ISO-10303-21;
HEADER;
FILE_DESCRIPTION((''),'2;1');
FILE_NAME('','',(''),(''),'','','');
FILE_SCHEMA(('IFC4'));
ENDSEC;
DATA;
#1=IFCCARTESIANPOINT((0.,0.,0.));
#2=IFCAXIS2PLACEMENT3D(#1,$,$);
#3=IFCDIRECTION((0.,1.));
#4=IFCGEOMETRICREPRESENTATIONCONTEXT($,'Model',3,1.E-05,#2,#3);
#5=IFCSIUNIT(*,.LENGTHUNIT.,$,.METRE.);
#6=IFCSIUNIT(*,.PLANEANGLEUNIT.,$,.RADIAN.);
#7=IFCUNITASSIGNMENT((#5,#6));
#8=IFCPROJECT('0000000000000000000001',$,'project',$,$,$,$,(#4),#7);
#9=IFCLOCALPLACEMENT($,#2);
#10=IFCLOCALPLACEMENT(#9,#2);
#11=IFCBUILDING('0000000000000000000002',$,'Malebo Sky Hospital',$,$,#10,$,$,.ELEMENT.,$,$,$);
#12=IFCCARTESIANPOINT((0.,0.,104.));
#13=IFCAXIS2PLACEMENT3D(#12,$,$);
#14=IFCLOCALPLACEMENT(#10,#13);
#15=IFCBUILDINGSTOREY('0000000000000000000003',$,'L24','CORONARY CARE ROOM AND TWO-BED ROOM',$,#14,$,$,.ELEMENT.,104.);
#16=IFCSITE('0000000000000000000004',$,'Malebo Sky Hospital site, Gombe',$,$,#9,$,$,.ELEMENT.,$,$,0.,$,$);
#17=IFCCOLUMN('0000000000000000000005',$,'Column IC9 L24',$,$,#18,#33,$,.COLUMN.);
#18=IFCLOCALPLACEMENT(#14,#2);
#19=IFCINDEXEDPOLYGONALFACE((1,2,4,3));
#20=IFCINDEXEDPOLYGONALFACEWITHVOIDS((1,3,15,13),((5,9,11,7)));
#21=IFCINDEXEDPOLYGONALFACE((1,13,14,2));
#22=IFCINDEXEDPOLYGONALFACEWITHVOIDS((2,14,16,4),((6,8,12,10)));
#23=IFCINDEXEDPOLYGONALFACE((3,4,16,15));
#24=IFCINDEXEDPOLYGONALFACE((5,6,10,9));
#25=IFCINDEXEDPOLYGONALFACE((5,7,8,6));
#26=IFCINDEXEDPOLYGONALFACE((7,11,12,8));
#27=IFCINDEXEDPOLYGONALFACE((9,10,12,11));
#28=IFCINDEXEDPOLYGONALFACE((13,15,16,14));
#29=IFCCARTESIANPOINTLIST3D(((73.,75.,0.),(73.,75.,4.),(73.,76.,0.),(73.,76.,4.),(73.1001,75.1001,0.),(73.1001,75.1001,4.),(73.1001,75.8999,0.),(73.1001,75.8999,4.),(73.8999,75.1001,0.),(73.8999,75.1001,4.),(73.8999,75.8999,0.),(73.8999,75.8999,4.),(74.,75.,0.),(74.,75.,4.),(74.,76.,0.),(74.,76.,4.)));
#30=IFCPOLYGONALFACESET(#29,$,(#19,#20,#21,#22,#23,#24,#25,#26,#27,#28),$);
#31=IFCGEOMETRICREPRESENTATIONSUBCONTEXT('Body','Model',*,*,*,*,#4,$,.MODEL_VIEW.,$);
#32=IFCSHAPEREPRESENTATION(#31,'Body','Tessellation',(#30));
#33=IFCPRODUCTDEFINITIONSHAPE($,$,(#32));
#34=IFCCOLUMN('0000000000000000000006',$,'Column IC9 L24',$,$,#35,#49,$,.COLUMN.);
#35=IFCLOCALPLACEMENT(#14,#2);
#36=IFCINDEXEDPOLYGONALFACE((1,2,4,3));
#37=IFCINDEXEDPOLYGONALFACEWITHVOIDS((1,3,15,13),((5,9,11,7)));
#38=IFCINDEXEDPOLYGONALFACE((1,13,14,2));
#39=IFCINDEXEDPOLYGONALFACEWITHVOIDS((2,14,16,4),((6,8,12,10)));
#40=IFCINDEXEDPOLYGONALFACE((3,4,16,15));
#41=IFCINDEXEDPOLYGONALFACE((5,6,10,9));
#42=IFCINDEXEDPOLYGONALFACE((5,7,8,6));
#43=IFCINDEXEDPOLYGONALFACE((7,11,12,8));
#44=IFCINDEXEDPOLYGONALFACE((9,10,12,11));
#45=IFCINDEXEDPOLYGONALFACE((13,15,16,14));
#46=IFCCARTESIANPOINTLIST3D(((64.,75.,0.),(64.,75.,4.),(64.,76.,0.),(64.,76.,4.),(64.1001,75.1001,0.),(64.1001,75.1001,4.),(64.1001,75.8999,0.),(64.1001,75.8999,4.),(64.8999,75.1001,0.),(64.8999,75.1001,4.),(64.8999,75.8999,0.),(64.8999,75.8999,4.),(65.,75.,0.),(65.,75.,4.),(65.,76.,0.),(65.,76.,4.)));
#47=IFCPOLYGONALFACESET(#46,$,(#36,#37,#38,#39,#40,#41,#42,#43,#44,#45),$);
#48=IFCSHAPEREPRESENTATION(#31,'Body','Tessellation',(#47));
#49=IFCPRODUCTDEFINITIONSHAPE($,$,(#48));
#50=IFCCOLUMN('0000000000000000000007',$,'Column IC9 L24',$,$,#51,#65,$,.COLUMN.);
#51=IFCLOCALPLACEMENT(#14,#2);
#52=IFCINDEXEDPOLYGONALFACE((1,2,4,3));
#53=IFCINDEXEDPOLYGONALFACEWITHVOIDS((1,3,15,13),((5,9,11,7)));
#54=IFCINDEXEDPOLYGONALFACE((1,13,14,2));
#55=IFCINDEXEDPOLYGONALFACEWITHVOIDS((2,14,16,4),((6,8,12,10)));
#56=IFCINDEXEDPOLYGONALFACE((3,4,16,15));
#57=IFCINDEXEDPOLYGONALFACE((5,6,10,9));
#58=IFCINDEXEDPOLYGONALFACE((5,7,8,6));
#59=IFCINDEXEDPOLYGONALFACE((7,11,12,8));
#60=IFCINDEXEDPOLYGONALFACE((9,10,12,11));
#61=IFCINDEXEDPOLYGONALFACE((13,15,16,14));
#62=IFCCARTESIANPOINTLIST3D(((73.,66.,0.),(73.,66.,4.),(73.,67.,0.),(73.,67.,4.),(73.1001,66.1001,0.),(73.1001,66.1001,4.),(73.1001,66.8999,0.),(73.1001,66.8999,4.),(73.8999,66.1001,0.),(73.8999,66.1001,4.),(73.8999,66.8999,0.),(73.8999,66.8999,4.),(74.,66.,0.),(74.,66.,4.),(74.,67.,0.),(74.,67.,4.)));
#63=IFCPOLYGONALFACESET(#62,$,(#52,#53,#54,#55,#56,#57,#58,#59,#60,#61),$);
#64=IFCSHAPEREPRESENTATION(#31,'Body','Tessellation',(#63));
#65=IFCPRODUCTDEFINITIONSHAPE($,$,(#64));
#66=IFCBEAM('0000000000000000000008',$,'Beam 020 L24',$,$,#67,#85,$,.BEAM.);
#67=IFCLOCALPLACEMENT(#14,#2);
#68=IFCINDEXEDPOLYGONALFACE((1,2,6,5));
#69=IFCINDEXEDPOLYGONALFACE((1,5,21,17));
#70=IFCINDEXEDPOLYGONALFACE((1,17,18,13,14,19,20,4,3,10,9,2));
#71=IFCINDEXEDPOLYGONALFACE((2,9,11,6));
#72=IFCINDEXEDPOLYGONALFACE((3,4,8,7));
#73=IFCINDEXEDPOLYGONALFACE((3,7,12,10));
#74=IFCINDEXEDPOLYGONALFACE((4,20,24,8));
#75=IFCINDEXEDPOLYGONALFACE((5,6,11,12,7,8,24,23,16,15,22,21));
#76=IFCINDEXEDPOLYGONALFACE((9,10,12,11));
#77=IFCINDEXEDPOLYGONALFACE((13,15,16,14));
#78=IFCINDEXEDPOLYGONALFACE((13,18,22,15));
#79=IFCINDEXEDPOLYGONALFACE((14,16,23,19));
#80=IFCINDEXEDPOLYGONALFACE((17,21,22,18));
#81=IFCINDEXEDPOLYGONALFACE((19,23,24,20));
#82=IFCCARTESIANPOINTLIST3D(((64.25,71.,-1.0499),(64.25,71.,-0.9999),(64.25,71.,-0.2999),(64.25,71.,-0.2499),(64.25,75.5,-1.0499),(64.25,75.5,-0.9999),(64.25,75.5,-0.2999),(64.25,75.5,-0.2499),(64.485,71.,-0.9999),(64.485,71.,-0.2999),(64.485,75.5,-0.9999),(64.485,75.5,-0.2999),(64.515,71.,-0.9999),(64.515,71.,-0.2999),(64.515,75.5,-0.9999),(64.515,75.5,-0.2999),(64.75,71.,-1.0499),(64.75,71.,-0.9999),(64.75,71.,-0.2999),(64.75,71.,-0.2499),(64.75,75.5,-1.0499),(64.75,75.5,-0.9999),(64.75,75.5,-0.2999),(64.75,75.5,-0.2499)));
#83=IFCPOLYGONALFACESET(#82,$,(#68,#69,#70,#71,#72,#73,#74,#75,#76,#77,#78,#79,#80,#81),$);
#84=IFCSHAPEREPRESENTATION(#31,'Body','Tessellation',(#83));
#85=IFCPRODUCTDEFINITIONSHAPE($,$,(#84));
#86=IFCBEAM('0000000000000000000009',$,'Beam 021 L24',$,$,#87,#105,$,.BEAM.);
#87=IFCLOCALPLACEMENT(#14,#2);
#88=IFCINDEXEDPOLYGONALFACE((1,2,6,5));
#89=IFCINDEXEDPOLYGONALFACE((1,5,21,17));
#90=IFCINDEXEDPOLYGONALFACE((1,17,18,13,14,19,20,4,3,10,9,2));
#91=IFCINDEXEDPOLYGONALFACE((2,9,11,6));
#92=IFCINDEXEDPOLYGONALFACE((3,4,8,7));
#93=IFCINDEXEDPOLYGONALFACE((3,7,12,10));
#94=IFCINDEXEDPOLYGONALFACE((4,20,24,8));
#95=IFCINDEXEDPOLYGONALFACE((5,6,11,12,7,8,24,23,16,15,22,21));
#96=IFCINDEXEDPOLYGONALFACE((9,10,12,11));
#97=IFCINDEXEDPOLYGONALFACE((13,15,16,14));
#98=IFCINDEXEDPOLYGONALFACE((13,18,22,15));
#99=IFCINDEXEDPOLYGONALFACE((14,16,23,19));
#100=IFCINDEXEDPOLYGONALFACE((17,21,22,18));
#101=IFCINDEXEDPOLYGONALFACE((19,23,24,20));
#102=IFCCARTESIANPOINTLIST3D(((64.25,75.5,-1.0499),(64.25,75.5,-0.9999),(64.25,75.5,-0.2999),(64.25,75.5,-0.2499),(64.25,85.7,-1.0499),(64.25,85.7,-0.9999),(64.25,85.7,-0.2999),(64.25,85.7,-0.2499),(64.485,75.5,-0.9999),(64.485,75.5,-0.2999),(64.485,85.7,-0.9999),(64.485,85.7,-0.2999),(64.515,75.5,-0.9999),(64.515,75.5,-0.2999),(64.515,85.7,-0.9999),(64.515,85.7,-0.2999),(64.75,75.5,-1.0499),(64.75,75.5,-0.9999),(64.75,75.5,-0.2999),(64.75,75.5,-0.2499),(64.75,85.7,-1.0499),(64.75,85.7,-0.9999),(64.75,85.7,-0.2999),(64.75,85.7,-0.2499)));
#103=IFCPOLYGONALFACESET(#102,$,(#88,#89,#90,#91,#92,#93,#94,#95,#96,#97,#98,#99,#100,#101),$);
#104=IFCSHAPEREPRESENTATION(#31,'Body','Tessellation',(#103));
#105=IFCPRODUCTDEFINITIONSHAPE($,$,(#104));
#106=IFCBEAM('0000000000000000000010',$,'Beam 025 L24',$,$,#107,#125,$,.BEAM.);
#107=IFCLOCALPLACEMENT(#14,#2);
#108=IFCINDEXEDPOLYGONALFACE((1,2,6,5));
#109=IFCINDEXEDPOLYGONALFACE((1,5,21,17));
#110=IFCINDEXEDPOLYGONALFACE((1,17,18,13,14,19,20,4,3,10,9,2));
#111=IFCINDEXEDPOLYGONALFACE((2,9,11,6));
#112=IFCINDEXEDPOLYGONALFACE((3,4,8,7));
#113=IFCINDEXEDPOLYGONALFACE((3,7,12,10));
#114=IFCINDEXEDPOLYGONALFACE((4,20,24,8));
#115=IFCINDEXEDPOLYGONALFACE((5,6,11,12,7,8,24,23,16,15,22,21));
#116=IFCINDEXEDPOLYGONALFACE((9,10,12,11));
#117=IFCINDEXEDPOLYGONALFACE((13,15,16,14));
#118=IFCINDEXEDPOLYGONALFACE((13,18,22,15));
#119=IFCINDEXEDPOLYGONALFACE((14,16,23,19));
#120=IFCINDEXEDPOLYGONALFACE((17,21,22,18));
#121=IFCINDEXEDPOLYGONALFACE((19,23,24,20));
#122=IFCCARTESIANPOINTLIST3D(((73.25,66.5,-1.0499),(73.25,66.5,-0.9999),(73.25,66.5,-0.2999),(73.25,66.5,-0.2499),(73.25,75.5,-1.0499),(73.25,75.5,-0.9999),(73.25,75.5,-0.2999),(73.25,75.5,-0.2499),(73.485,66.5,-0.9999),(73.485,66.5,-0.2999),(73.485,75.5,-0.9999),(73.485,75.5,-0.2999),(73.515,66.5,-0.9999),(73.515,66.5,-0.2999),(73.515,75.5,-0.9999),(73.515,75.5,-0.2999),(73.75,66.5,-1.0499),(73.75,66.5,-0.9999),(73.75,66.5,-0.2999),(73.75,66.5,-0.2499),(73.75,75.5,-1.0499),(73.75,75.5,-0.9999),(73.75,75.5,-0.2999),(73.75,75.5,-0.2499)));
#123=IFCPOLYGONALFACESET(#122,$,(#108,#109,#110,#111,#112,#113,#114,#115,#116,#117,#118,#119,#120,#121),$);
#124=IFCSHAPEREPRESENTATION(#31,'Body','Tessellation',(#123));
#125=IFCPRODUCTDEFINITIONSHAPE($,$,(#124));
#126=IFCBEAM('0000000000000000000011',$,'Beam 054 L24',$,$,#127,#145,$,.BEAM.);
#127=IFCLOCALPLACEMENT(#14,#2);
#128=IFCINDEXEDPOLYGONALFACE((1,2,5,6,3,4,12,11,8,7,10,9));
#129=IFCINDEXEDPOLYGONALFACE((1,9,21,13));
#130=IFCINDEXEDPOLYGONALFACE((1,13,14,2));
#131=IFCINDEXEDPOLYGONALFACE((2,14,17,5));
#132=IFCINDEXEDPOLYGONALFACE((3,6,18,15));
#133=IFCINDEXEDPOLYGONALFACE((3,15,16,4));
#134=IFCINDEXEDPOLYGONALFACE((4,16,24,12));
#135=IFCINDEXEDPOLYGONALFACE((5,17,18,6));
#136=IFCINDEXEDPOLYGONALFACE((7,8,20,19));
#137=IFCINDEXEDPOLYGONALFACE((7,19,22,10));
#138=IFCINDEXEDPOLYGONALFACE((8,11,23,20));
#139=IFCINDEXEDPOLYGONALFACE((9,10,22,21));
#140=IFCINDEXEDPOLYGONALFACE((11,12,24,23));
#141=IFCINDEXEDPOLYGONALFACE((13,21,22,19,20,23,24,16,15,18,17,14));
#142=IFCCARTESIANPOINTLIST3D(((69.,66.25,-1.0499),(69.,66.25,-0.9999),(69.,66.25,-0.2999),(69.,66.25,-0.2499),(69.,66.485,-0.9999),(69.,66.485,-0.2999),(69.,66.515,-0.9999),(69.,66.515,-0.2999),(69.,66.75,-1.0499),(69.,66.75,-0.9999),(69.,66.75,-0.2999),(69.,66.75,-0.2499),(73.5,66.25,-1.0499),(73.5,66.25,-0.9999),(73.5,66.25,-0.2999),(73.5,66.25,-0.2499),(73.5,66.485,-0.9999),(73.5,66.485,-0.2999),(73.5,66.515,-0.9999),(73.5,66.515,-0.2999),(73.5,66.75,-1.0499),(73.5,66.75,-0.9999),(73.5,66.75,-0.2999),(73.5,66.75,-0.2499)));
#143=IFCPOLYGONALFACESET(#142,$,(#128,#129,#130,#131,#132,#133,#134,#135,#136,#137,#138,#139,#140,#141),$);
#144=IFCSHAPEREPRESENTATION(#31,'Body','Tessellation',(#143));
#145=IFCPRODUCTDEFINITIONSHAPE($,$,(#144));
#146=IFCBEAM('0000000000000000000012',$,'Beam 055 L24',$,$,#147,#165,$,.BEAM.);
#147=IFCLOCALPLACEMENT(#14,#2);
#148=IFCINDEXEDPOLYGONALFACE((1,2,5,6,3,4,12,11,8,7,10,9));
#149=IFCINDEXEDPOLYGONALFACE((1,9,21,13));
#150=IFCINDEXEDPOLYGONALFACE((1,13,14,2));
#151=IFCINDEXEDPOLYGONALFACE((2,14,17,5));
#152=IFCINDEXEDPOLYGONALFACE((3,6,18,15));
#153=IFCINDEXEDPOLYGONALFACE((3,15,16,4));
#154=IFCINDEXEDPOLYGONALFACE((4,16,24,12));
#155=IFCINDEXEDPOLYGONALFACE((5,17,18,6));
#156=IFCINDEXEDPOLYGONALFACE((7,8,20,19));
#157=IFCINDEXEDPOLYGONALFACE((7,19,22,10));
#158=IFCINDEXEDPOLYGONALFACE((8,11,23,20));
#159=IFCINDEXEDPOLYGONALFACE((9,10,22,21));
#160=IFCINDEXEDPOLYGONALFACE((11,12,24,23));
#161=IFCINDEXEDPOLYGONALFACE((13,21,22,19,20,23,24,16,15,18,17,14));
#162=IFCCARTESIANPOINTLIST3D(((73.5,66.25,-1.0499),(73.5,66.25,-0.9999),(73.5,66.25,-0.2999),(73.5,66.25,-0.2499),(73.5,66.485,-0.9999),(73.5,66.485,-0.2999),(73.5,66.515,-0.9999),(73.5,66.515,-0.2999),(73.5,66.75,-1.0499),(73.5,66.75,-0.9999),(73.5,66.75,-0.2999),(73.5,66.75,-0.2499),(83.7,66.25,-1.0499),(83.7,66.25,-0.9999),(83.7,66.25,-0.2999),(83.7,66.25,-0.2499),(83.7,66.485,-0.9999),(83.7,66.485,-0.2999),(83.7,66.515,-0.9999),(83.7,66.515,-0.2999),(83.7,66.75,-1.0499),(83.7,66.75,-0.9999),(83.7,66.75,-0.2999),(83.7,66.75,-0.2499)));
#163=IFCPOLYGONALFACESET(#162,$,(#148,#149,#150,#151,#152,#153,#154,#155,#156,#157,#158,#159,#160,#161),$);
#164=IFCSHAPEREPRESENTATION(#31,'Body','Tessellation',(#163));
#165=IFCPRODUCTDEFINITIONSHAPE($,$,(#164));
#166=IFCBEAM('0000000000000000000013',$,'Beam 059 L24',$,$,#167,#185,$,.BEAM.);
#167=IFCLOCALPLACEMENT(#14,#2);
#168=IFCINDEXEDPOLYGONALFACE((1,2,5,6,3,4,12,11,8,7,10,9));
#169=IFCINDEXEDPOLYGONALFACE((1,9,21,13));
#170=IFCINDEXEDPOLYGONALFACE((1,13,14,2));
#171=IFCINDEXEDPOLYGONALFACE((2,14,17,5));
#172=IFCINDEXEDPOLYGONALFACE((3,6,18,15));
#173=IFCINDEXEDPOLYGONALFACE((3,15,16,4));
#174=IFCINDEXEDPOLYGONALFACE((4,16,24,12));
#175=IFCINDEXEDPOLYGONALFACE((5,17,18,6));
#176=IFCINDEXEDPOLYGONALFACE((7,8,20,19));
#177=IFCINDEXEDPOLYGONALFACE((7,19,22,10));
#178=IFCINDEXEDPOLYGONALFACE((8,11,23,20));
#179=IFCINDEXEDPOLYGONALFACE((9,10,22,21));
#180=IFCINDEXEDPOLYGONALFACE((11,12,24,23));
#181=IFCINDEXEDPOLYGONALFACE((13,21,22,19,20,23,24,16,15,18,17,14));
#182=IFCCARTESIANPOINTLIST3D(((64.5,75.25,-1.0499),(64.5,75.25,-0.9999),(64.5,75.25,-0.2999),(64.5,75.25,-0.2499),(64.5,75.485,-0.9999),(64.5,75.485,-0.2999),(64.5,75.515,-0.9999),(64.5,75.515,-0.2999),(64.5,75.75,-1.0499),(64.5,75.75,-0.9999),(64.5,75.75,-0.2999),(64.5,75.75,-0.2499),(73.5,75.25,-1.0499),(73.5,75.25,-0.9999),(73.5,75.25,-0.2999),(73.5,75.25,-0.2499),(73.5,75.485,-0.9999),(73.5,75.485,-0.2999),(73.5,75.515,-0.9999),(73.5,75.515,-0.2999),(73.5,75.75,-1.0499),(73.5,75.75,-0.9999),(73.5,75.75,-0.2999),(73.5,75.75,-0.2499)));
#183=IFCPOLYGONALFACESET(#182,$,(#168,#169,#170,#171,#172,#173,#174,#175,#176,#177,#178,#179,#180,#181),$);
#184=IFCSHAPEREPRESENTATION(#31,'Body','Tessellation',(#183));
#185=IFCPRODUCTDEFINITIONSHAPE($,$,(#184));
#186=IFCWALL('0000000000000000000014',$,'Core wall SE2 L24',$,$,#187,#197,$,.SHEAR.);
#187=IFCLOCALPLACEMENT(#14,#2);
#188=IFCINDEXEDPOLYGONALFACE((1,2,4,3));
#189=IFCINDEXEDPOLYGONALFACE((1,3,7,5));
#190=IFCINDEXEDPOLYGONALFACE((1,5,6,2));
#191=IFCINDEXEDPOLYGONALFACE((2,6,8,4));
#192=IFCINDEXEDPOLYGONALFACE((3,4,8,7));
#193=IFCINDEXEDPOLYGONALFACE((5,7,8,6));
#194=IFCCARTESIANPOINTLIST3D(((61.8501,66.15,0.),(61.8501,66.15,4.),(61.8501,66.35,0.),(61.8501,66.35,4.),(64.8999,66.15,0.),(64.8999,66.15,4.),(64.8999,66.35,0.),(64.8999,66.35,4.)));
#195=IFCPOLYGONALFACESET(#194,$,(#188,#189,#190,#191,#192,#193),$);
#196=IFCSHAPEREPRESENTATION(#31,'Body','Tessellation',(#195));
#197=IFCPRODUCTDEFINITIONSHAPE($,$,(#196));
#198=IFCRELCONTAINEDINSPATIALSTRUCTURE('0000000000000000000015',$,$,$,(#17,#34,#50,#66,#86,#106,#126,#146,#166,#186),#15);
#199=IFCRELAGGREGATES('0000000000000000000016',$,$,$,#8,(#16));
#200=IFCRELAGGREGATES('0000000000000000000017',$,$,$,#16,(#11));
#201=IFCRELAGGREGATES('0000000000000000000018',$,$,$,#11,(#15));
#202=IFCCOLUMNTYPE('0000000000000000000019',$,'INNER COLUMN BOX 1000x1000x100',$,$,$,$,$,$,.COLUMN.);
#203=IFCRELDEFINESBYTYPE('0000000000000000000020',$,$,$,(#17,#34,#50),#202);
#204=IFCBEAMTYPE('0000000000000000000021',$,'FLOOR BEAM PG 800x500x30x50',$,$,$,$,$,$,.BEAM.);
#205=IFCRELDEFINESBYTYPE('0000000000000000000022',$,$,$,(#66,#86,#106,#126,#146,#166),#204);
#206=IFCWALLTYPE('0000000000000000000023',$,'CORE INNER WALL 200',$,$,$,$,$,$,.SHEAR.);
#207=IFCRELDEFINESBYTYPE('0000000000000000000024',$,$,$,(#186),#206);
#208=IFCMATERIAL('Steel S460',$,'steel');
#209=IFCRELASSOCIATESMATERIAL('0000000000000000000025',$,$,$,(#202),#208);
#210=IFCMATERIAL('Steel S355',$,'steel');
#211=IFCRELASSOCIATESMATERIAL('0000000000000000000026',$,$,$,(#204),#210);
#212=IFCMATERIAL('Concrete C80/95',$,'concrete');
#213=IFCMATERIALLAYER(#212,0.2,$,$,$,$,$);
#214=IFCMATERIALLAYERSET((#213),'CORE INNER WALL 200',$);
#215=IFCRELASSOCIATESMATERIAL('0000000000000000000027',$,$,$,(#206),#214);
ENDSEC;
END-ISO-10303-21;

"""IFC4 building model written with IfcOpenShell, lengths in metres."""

from ifc_helpers import new_model, si_unit, direction, frame, frame_2d, origin, origin_2d, place, context, subcontext, project, spatial, rectangle, hollow_rectangle, i_section, extrude, material, layer, layer_set, material_profile, profile_set, type_object, element, save


model = new_model("IFC4")

# Units and contexts
model_context = context("Model", 3, precision=1e-05, world=origin(), true_north=direction((0.0, 1.0)))
body_context = subcontext(model_context, "Body", "Model", "MODEL_VIEW")
ifc_project = project(units=[si_unit("LENGTHUNIT", "METRE"), si_unit("PLANEANGLEUNIT", "RADIAN")], contexts=[model_context])

# Site, building, storey
site_placement = place(None, origin())
site = spatial("IfcSite", under=ifc_project, at=site_placement, Name="Malebo Sky Hospital site, Gombe", CompositionType="ELEMENT", RefElevation=0.0)
building_placement = place(site_placement, origin())
building = spatial("IfcBuilding", under=site, at=building_placement, Name="Malebo Sky Hospital", CompositionType="ELEMENT")
storey_placement = place(building_placement, frame((0.0, 0.0, 104.0)))
storey = spatial("IfcBuildingStorey", under=building, at=storey_placement, Name="L24", Description="CORONARY CARE ROOM AND TWO-BED ROOM", CompositionType="ELEMENT", Elevation=104.0)

# Columns
ifc_material_1 = material(Name="Steel S460", Category="steel")
ifc_material_profile_1 = material_profile(ifc_material_1, hollow_rectangle(XDim=1.0, YDim=1.0, WallThickness=0.1001, at=origin_2d()), Name="BOX 1000x1000x100")
ifc_profile_set_1 = profile_set([ifc_material_profile_1], Name="Steel S460")
column_type = type_object("IfcColumnType", Name="INNER COLUMN BOX 1000x1000x100", PredefinedType="COLUMN", material=ifc_profile_set_1)
for number, where, z_axis, x_axis, name in (
    (1, (73.5, 75.5, 0.0), (0.0, 0.0, 1.0), (1.0, 0.0, 0.0), "Column IC9 L24"),
    (2, (64.5, 75.5, 0.0), (0.0, 0.0, 1.0), (1.0, 0.0, 0.0), "Column IC9 L24"),
    (3, (73.5, 66.5, 0.0), (0.0, 0.0, 1.0), (1.0, 0.0, 0.0), "Column IC9 L24"),
):
    element("IfcColumn", number, at=place(storey_placement, frame(where, z_axis=z_axis, x_axis=x_axis)), inside=storey, type_object=column_type, Name=name, PredefinedType="COLUMN", context=body_context, shape_type="SweptSolid", body=[
        extrude(hollow_rectangle(XDim=1.0, YDim=1.0, WallThickness=0.1001, at=origin_2d()), origin(), (0.0, 0.0, 1.0), 4.0),
    ])

# Beams
ifc_material_2 = material(Name="Steel S355", Category="steel")
ifc_material_profile_2 = material_profile(ifc_material_2, i_section(OverallWidth=0.5, OverallDepth=0.8, WebThickness=0.03, FlangeThickness=0.05, at=origin_2d()), Name="PG 800x500x30x50")
ifc_profile_set_2 = profile_set([ifc_material_profile_2], Name="Steel S355")
beam_type = type_object("IfcBeamType", Name="FLOOR BEAM PG 800x500x30x50", PredefinedType="BEAM", material=ifc_profile_set_2)
beam_1_placement = place(storey_placement, frame((64.5, 71.0, -0.6499), z_axis=(0.0, 1.0, 0.0), x_axis=(-1.0, 0.0, 0.0)))
element("IfcBeam", 4, at=beam_1_placement, inside=storey, type_object=beam_type, Name="Beam 020 L24", PredefinedType="BEAM", context=body_context, shape_type="SweptSolid", body=[
    extrude(i_section(OverallWidth=0.5, OverallDepth=0.8, WebThickness=0.03, FlangeThickness=0.05, at=origin_2d()), origin(), (0.0, 0.0, 1.0), 4.5),
])
beam_2_placement = place(storey_placement, frame((64.5, 75.5, -0.6499), z_axis=(0.0, 1.0, 0.0), x_axis=(-1.0, 0.0, 0.0)))
element("IfcBeam", 5, at=beam_2_placement, inside=storey, type_object=beam_type, Name="Beam 021 L24", PredefinedType="BEAM", context=body_context, shape_type="SweptSolid", body=[
    extrude(i_section(OverallWidth=0.5, OverallDepth=0.8, WebThickness=0.03, FlangeThickness=0.05, at=origin_2d()), origin(), (0.0, 0.0, 1.0), 10.2),
])
beam_3_placement = place(storey_placement, frame((73.5, 66.5, -0.6499), z_axis=(0.0, 1.0, 0.0), x_axis=(-1.0, 0.0, 0.0)))
element("IfcBeam", 6, at=beam_3_placement, inside=storey, type_object=beam_type, Name="Beam 025 L24", PredefinedType="BEAM", context=body_context, shape_type="SweptSolid", body=[
    extrude(i_section(OverallWidth=0.5, OverallDepth=0.8, WebThickness=0.03, FlangeThickness=0.05, at=origin_2d()), origin(), (0.0, 0.0, 1.0), 9.0),
])
beam_4_placement = place(storey_placement, frame((69.0, 66.5, -0.6499), z_axis=(1.0, 0.0, 0.0), x_axis=(0.0, 1.0, 0.0)))
element("IfcBeam", 7, at=beam_4_placement, inside=storey, type_object=beam_type, Name="Beam 054 L24", PredefinedType="BEAM", context=body_context, shape_type="SweptSolid", body=[
    extrude(i_section(OverallWidth=0.5, OverallDepth=0.8, WebThickness=0.03, FlangeThickness=0.05, at=origin_2d()), origin(), (0.0, 0.0, 1.0), 4.5),
])
beam_5_placement = place(storey_placement, frame((73.5, 66.5, -0.6499), z_axis=(1.0, 0.0, 0.0), x_axis=(0.0, 1.0, 0.0)))
element("IfcBeam", 8, at=beam_5_placement, inside=storey, type_object=beam_type, Name="Beam 055 L24", PredefinedType="BEAM", context=body_context, shape_type="SweptSolid", body=[
    extrude(i_section(OverallWidth=0.5, OverallDepth=0.8, WebThickness=0.03, FlangeThickness=0.05, at=origin_2d()), origin(), (0.0, 0.0, 1.0), 10.2),
])
beam_6_placement = place(storey_placement, frame((64.5, 75.5, -0.6499), z_axis=(1.0, 0.0, 0.0), x_axis=(0.0, 1.0, 0.0)))
element("IfcBeam", 9, at=beam_6_placement, inside=storey, type_object=beam_type, Name="Beam 059 L24", PredefinedType="BEAM", context=body_context, shape_type="SweptSolid", body=[
    extrude(i_section(OverallWidth=0.5, OverallDepth=0.8, WebThickness=0.03, FlangeThickness=0.05, at=origin_2d()), origin(), (0.0, 0.0, 1.0), 9.0),
])

# Wall
ifc_material_3 = material(Name="Concrete C80/95", Category="concrete")
ifc_layer_1 = layer(ifc_material_3, 0.2)
ifc_layer_set_1 = layer_set([ifc_layer_1], Name="CORE INNER WALL 200")
wall_type_1 = type_object("IfcWallType", Name="CORE INNER WALL 200", PredefinedType="SHEAR", material=ifc_layer_set_1)
wall_1_placement = place(storey_placement, frame((61.8501, 66.25, 0.0), z_axis=(0.0, 0.0, 1.0), x_axis=(1.0, 0.0, 0.0)))
element("IfcWall", 10, at=wall_1_placement, inside=storey, type_object=wall_type_1, Name="Core wall SE2 L24", PredefinedType="SHEAR", context=body_context, shape_type="SweptSolid", body=[
    extrude(rectangle(XDim=3.0498, YDim=0.2, at=frame_2d((1.5249, 0.0))), origin(), (0.0, 0.0, 1.0), 4.0),
])

save(model, "model.ifc")
